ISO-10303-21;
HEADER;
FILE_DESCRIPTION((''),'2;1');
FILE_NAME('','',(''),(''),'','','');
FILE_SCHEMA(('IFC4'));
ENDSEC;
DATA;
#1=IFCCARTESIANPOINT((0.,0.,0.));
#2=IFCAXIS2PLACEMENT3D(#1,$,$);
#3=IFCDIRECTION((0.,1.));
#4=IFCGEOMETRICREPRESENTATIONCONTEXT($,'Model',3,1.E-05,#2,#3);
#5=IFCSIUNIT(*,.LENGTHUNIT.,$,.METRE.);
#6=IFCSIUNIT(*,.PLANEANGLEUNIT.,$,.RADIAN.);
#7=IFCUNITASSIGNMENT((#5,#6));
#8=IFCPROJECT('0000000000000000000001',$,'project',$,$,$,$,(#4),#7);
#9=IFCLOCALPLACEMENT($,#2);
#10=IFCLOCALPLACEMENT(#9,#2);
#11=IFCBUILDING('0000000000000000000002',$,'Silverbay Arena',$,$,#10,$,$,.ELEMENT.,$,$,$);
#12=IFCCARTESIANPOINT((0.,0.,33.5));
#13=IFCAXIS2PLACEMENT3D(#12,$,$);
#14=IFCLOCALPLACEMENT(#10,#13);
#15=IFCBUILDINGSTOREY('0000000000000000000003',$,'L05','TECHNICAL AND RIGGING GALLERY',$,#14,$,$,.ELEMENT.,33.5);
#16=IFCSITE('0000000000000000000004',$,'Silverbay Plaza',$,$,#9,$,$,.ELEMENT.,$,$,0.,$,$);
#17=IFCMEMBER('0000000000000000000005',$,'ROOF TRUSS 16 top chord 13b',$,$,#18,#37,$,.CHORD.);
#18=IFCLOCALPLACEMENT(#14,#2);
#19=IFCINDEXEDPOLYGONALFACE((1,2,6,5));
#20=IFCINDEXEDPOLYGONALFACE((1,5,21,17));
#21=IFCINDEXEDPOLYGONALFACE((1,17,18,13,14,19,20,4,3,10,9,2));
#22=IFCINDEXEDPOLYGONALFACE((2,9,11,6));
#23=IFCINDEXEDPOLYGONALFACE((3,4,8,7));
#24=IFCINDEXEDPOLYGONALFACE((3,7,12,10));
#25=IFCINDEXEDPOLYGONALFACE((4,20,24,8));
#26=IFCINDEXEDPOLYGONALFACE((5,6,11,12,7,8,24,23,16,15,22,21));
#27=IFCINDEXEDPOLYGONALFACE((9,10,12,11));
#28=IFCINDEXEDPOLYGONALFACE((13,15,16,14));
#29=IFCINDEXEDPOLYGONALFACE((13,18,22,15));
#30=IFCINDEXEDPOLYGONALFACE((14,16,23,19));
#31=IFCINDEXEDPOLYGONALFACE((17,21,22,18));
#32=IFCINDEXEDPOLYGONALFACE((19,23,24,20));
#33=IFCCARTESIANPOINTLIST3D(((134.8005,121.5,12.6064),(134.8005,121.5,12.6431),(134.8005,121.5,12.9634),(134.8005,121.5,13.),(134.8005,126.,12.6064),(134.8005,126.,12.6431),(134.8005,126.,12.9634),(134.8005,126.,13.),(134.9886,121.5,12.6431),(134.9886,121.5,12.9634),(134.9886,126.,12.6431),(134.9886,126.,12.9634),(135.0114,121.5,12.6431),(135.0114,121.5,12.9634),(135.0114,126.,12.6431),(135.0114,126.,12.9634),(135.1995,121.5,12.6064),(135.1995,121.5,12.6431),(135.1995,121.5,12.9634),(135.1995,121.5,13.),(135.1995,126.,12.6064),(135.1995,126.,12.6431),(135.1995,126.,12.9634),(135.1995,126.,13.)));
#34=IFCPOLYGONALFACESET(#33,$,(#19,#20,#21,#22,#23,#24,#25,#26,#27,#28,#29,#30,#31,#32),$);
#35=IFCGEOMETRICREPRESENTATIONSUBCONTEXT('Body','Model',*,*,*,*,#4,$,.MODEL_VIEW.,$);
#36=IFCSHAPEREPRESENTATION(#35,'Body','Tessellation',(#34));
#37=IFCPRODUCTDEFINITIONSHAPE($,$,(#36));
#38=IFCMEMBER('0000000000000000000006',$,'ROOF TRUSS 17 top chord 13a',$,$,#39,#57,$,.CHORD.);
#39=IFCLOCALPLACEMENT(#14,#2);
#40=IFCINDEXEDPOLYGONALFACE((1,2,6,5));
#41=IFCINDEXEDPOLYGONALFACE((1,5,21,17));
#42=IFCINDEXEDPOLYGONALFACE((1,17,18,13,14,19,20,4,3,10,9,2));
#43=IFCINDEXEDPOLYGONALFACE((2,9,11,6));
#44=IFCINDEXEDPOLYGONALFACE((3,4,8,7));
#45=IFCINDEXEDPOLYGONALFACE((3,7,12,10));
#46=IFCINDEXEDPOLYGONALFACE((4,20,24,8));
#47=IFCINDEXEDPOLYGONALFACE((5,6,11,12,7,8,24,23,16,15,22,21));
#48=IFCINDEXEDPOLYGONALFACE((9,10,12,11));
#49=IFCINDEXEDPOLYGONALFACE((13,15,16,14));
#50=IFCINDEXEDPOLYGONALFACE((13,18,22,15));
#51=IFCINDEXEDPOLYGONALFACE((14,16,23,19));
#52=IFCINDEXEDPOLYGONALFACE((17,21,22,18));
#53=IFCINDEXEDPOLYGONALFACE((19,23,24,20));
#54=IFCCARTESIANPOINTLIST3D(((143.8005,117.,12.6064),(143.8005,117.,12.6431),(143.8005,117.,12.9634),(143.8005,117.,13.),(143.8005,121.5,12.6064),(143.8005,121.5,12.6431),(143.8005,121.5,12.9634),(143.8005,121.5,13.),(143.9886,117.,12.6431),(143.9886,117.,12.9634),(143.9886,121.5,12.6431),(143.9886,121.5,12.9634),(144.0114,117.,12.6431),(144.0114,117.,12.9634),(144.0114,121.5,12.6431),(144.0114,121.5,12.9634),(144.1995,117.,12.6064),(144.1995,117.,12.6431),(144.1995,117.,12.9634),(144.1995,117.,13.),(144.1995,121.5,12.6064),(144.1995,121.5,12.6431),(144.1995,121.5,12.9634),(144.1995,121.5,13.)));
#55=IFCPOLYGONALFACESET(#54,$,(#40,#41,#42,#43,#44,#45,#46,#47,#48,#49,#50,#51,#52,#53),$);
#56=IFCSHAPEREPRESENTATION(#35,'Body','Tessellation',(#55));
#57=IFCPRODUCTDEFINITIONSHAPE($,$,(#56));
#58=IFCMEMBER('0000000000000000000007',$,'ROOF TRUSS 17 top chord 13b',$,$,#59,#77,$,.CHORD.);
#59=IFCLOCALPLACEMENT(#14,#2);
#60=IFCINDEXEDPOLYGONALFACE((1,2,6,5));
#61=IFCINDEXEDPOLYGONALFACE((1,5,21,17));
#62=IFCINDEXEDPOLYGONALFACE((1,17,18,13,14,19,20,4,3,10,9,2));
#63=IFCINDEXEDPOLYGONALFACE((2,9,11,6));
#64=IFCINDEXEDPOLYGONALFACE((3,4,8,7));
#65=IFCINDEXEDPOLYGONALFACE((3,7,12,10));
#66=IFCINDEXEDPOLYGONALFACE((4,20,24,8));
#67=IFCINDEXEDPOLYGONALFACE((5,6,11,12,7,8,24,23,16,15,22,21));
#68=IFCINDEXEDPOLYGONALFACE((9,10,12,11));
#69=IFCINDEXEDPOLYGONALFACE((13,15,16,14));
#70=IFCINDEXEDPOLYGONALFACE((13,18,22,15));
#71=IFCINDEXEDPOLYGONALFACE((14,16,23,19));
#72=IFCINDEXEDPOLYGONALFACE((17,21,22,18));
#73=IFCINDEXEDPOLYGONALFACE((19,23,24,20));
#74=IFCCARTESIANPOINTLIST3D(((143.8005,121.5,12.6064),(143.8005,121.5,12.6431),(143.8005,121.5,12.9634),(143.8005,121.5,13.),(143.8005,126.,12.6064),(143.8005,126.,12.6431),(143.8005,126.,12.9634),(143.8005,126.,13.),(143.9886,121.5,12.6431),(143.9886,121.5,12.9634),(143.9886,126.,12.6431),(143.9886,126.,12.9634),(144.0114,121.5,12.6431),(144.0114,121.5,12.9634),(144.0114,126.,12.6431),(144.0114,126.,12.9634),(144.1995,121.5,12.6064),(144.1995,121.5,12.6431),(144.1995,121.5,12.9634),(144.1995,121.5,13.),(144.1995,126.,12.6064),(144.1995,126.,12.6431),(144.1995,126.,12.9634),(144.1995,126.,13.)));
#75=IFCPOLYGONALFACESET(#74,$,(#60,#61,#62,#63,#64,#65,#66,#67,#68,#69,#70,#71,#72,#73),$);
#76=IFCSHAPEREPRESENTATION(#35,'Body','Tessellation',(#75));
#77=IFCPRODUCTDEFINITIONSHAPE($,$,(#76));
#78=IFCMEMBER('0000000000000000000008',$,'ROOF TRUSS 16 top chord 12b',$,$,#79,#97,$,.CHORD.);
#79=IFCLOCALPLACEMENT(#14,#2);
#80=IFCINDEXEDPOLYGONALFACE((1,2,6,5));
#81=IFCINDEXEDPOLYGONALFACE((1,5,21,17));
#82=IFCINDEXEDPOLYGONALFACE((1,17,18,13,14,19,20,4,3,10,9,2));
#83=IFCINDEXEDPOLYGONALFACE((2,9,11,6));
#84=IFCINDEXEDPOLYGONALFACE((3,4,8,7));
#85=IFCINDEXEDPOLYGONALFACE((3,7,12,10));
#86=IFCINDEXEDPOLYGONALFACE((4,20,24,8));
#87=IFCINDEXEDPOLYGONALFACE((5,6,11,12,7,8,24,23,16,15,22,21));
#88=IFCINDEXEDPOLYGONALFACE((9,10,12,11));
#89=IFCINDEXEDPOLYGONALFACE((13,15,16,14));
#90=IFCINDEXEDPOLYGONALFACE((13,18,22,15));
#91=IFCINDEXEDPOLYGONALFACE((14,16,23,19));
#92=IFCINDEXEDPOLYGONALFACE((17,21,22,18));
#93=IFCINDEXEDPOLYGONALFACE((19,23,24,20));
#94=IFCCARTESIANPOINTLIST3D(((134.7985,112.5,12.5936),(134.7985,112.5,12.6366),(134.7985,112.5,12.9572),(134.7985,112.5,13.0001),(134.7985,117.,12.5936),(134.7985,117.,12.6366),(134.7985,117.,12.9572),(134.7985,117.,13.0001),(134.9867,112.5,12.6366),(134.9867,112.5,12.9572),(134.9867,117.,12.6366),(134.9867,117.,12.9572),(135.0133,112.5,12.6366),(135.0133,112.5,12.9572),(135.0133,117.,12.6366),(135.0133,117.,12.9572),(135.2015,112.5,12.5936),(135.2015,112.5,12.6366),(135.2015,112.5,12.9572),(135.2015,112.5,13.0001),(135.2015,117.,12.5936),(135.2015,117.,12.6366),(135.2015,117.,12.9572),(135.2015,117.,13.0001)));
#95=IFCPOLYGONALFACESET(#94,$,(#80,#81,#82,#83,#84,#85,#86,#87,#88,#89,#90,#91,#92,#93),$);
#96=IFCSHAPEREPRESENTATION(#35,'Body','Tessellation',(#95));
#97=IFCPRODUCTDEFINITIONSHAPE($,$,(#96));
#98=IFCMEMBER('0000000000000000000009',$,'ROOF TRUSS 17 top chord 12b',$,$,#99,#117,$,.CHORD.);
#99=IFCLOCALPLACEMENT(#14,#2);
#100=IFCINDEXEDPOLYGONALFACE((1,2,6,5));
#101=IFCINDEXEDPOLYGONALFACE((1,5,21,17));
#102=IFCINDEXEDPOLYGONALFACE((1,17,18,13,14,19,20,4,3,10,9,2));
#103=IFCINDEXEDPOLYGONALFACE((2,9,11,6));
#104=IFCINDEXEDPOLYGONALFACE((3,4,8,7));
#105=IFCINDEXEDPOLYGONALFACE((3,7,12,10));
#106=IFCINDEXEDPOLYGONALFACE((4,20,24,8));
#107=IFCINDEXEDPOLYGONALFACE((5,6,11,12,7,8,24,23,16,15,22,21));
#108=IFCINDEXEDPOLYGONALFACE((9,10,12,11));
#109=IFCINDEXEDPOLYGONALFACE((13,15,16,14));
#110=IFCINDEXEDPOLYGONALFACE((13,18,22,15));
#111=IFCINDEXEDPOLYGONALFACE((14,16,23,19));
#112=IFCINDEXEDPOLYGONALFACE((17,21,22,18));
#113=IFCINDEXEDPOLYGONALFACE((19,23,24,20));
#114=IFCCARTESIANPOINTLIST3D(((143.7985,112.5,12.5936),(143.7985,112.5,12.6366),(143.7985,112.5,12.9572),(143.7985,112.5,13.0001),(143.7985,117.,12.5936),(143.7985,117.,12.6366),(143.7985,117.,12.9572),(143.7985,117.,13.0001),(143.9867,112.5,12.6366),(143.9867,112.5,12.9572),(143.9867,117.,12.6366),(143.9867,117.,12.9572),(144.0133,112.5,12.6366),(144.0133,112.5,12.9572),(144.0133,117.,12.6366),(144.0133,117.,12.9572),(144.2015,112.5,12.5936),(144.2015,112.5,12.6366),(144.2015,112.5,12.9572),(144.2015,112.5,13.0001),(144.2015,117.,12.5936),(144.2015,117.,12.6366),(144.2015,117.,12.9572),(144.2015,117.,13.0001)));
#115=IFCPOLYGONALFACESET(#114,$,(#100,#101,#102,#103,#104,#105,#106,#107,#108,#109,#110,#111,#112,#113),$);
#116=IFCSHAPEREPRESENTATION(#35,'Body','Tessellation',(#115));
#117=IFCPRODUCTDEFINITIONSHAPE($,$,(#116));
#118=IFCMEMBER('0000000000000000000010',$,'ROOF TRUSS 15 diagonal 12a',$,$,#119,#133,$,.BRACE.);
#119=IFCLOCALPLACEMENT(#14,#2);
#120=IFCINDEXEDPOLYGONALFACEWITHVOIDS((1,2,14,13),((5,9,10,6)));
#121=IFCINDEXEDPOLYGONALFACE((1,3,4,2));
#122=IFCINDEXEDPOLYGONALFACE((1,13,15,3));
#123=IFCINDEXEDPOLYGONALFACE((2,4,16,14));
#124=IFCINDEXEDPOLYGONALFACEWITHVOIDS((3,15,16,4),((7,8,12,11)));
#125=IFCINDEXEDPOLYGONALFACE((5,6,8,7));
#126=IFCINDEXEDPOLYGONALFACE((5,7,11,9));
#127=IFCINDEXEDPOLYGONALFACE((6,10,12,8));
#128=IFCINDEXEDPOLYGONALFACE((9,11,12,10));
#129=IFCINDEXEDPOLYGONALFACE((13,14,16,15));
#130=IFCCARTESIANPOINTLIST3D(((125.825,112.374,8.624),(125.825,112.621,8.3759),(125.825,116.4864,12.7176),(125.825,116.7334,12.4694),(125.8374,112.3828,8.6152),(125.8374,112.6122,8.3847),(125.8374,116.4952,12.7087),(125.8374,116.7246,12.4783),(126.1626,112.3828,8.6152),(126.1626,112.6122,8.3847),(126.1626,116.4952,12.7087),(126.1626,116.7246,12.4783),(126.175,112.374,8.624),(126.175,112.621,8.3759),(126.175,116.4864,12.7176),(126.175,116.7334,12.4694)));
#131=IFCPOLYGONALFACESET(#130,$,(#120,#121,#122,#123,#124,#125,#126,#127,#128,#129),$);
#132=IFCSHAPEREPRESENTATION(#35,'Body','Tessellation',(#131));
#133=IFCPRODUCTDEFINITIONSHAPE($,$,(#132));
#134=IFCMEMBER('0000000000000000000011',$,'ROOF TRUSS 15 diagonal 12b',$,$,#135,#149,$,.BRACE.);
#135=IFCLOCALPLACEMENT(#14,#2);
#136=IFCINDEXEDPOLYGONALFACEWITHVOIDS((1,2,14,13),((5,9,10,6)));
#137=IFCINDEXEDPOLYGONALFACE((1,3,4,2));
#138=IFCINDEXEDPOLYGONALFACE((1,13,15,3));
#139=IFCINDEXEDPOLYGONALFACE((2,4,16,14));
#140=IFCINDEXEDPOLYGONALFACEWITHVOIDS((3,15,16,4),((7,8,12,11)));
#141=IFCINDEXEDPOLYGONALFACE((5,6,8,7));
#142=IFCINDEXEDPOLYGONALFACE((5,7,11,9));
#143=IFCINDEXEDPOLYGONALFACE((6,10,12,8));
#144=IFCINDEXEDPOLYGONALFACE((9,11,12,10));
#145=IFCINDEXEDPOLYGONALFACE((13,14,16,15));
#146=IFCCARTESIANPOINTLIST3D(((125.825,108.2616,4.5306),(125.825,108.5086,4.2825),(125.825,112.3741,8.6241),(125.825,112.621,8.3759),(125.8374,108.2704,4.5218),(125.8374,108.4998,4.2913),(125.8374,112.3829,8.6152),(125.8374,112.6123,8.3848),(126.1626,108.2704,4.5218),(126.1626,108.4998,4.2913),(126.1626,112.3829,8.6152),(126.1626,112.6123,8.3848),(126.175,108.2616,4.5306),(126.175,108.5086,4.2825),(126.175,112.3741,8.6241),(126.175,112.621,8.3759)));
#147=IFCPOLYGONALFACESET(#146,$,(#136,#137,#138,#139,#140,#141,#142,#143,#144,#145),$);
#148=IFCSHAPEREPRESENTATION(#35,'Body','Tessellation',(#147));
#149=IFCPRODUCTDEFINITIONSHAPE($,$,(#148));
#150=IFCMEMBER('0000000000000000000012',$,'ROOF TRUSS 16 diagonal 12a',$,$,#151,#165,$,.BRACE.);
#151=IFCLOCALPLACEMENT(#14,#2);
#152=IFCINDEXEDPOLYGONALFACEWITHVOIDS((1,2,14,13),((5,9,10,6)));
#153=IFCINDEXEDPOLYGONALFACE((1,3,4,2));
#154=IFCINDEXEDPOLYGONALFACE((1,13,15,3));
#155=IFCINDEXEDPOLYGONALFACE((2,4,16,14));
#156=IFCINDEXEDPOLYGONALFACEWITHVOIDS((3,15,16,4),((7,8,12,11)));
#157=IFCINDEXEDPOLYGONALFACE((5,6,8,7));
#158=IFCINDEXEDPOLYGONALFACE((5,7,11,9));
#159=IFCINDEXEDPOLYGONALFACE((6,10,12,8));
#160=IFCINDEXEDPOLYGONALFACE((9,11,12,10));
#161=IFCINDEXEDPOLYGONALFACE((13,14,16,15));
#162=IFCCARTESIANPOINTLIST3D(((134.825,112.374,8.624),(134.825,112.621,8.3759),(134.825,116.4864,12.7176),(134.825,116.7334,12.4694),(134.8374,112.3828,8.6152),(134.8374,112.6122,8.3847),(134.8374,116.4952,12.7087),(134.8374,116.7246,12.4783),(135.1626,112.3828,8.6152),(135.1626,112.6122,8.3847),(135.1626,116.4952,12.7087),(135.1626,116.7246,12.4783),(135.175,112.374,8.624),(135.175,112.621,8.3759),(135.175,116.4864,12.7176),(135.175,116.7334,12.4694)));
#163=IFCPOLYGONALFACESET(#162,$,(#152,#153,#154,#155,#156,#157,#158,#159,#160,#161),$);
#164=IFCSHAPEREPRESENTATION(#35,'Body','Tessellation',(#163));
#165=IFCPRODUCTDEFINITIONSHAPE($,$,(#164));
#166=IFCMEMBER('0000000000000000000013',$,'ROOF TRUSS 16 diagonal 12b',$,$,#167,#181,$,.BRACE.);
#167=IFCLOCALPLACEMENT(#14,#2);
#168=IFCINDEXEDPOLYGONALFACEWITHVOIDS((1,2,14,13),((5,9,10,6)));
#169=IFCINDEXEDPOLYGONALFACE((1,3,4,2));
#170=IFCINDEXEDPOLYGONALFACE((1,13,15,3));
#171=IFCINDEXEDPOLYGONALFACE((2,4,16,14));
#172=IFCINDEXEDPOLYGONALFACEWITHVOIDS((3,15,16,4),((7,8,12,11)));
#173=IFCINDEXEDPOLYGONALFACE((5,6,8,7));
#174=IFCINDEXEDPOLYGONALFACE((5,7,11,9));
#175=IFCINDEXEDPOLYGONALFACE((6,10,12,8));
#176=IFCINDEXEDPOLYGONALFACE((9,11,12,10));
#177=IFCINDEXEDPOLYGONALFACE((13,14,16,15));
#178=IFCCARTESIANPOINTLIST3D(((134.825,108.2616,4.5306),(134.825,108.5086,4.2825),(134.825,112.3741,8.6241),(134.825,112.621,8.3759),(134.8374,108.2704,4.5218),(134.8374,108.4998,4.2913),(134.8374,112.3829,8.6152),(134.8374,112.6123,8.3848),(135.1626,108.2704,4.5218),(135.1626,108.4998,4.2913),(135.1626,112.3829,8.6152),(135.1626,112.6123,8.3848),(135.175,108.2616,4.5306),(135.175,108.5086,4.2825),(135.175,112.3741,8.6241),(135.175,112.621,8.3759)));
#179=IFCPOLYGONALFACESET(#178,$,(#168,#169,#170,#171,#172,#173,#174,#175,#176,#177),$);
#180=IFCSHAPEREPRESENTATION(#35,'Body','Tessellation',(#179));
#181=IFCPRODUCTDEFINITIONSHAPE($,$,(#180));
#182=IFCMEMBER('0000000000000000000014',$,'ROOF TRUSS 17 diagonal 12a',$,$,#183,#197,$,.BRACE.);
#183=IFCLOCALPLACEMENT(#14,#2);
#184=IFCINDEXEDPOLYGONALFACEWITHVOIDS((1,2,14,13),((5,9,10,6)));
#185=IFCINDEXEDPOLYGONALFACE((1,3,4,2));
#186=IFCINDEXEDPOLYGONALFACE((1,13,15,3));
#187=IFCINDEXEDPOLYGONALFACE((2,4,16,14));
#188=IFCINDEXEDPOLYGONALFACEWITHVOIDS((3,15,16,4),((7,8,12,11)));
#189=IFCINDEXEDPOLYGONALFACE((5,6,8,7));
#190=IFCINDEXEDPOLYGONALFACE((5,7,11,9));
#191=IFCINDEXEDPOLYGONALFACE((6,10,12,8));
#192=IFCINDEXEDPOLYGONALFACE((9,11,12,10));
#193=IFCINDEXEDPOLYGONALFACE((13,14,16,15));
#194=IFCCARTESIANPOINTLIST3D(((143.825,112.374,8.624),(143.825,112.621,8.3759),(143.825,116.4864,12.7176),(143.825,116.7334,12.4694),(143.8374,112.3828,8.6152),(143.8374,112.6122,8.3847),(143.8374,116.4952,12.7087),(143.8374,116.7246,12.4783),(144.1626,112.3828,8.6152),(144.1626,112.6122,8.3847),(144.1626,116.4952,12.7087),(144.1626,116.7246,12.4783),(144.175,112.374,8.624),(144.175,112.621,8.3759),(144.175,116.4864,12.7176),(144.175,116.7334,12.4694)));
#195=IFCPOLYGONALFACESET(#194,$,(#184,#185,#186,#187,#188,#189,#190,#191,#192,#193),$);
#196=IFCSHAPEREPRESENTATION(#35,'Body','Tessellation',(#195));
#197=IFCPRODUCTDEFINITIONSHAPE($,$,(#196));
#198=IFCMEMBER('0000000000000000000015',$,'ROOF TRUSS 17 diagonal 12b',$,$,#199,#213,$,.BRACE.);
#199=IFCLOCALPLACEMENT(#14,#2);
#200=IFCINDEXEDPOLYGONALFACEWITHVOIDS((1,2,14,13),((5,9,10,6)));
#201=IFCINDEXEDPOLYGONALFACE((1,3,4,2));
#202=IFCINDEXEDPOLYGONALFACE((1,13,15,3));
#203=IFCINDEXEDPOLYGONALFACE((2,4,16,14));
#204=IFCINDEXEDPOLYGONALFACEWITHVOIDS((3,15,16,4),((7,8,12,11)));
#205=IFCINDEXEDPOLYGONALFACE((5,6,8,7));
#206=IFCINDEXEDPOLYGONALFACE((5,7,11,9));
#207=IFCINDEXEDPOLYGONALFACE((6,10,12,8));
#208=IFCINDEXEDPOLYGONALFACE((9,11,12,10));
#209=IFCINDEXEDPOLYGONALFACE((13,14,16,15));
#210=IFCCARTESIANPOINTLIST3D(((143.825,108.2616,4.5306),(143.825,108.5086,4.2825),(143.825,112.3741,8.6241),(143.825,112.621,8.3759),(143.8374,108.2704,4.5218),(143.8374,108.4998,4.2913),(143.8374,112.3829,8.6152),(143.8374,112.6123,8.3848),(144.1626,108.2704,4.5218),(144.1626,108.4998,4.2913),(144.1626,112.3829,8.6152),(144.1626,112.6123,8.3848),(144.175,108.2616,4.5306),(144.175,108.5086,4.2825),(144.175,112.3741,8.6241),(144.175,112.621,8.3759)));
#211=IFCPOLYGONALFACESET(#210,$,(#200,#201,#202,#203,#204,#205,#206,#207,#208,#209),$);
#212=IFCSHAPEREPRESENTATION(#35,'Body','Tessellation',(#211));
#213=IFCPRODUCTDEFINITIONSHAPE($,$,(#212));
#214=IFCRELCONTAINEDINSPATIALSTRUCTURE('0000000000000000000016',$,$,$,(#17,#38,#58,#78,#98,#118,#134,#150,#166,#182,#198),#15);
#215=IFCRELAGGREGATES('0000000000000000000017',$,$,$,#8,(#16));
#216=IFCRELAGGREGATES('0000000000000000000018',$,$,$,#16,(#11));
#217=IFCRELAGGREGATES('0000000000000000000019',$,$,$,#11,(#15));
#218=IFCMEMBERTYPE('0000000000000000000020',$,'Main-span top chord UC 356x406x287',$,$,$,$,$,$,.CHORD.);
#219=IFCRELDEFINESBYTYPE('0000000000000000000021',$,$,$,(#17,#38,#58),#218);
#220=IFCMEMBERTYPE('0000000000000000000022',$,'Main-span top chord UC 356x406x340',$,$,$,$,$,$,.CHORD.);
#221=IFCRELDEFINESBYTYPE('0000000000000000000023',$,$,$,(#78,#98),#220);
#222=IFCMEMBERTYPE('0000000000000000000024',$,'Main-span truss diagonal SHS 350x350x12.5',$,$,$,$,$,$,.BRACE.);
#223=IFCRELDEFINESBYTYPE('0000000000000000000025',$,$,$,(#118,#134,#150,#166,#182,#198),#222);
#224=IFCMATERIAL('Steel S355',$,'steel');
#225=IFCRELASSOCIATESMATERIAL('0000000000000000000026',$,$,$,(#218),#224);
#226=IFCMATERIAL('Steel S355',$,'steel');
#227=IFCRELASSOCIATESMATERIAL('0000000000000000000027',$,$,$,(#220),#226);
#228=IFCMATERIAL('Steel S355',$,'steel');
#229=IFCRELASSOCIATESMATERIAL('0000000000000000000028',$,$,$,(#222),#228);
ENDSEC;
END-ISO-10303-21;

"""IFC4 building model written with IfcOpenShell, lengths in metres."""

from ifc_helpers import new_model, si_unit, direction, frame, origin, origin_2d, place, context, subcontext, project, spatial, hollow_rectangle, i_section, extrude, material, material_profile, profile_set, type_object, element, save


model = new_model("IFC4")

# Units and contexts
model_context = context("Model", 3, precision=1e-05, world=origin(), true_north=direction((0.0, 1.0)))
body_context = subcontext(model_context, "Body", "Model", "MODEL_VIEW")
ifc_project = project(units=[si_unit("LENGTHUNIT", "METRE"), si_unit("PLANEANGLEUNIT", "RADIAN")], contexts=[model_context])

# Site, building, storey
site_placement = place(None, origin())
site = spatial("IfcSite", under=ifc_project, at=site_placement, Name="Silverbay Plaza", CompositionType="ELEMENT", RefElevation=0.0)
building_placement = place(site_placement, origin())
building = spatial("IfcBuilding", under=site, at=building_placement, Name="Silverbay Arena", CompositionType="ELEMENT")
storey_placement = place(building_placement, frame((0.0, 0.0, 33.5)))
storey = spatial("IfcBuildingStorey", under=building, at=storey_placement, Name="L05", Description="TECHNICAL AND RIGGING GALLERY", CompositionType="ELEMENT", Elevation=33.5)

# Members
ifc_material_1 = material(Name="Steel S355", Category="steel")
ifc_material_profile_1 = material_profile(ifc_material_1, i_section(OverallWidth=0.3989, OverallDepth=0.3936, WebThickness=0.0227, FlangeThickness=0.0366, at=origin_2d()), Name="UC 356x406x287")
ifc_profile_set_1 = profile_set([ifc_material_profile_1], Name="Steel S355")
member_type_1 = type_object("IfcMemberType", Name="Main-span top chord UC 356x406x287", PredefinedType="CHORD", material=ifc_profile_set_1)
for number, where, z_axis, x_axis, name in (
    (1, (135.0, 121.5, 12.8032), (0.0, 1.0, 0.0), (-1.0, 0.0, 0.0), "ROOF TRUSS 16 top chord 13b"),
    (2, (144.0, 117.0, 12.8032), (0.0, 1.0, 0.0), (-1.0, 0.0, 0.0), "ROOF TRUSS 17 top chord 13a"),
    (3, (144.0, 121.5, 12.8032), (0.0, 1.0, 0.0), (-1.0, 0.0, 0.0), "ROOF TRUSS 17 top chord 13b"),
):
    element("IfcMember", number, at=place(storey_placement, frame(where, z_axis=z_axis, x_axis=x_axis)), inside=storey, type_object=member_type_1, Name=name, PredefinedType="CHORD", context=body_context, shape_type="SweptSolid", body=[
        extrude(i_section(OverallWidth=0.3989, OverallDepth=0.3936, WebThickness=0.0227, FlangeThickness=0.0366, at=origin_2d()), origin(), (0.0, 0.0, 1.0), 4.5),
    ])
ifc_material_2 = material(Name="Steel S355", Category="steel")
ifc_material_profile_2 = material_profile(ifc_material_2, i_section(OverallWidth=0.4031, OverallDepth=0.4065, WebThickness=0.0266, FlangeThickness=0.043, at=origin_2d()), Name="UC 356x406x340")
ifc_profile_set_2 = profile_set([ifc_material_profile_2], Name="Steel S355")
member_type_2 = type_object("IfcMemberType", Name="Main-span top chord UC 356x406x340", PredefinedType="CHORD", material=ifc_profile_set_2)
for number, where, z_axis, x_axis, name in (
    (4, (135.0, 112.5, 12.7969), (0.0, 1.0, 0.0), (-1.0, 0.0, 0.0), "ROOF TRUSS 16 top chord 12b"),
    (5, (144.0, 112.5, 12.7969), (0.0, 1.0, 0.0), (-1.0, 0.0, 0.0), "ROOF TRUSS 17 top chord 12b"),
):
    element("IfcMember", number, at=place(storey_placement, frame(where, z_axis=z_axis, x_axis=x_axis)), inside=storey, type_object=member_type_2, Name=name, PredefinedType="CHORD", context=body_context, shape_type="SweptSolid", body=[
        extrude(i_section(OverallWidth=0.4031, OverallDepth=0.4065, WebThickness=0.0266, FlangeThickness=0.043, at=origin_2d()), origin(), (0.0, 0.0, 1.0), 4.5),
    ])
ifc_material_3 = material(Name="Steel S355", Category="steel")
ifc_material_profile_3 = material_profile(ifc_material_3, hollow_rectangle(XDim=0.3501, YDim=0.3501, WallThickness=0.0125, at=origin_2d()), Name="SHS 350x350x12.5")
ifc_profile_set_3 = profile_set([ifc_material_profile_3], Name="Steel S355")
member_type_3 = type_object("IfcMemberType", Name="Main-span truss diagonal SHS 350x350x12.5", PredefinedType="BRACE", material=ifc_profile_set_3)
for number, where, z_axis, x_axis, name in (
    (6, (126.0, 116.6099, 12.5935), (0.0, -0.708725, -0.705485), (1.0, 0.0, 0.0), "ROOF TRUSS 15 diagonal 12a"),
    (7, (126.0, 112.4976, 8.5), (0.0, -0.708746, -0.705464), (1.0, 0.0, 0.0), "ROOF TRUSS 15 diagonal 12b"),
    (8, (135.0, 116.6099, 12.5935), (0.0, -0.708725, -0.705485), (1.0, 0.0, 0.0), "ROOF TRUSS 16 diagonal 12a"),
    (9, (135.0, 112.4976, 8.5), (0.0, -0.708746, -0.705464), (1.0, 0.0, 0.0), "ROOF TRUSS 16 diagonal 12b"),
    (10, (144.0, 116.6099, 12.5935), (0.0, -0.708725, -0.705485), (1.0, 0.0, 0.0), "ROOF TRUSS 17 diagonal 12a"),
    (11, (144.0, 112.4976, 8.5), (0.0, -0.708746, -0.705464), (1.0, 0.0, 0.0), "ROOF TRUSS 17 diagonal 12b"),
):
    element("IfcMember", number, at=place(storey_placement, frame(where, z_axis=z_axis, x_axis=x_axis)), inside=storey, type_object=member_type_3, Name=name, PredefinedType="BRACE", context=body_context, shape_type="SweptSolid", body=[
        extrude(hollow_rectangle(XDim=0.3501, YDim=0.3501, WallThickness=0.0125, at=origin_2d()), origin(), (0.0, 0.0, 1.0), 5.8025),
    ])

save(model, "model.ifc")
